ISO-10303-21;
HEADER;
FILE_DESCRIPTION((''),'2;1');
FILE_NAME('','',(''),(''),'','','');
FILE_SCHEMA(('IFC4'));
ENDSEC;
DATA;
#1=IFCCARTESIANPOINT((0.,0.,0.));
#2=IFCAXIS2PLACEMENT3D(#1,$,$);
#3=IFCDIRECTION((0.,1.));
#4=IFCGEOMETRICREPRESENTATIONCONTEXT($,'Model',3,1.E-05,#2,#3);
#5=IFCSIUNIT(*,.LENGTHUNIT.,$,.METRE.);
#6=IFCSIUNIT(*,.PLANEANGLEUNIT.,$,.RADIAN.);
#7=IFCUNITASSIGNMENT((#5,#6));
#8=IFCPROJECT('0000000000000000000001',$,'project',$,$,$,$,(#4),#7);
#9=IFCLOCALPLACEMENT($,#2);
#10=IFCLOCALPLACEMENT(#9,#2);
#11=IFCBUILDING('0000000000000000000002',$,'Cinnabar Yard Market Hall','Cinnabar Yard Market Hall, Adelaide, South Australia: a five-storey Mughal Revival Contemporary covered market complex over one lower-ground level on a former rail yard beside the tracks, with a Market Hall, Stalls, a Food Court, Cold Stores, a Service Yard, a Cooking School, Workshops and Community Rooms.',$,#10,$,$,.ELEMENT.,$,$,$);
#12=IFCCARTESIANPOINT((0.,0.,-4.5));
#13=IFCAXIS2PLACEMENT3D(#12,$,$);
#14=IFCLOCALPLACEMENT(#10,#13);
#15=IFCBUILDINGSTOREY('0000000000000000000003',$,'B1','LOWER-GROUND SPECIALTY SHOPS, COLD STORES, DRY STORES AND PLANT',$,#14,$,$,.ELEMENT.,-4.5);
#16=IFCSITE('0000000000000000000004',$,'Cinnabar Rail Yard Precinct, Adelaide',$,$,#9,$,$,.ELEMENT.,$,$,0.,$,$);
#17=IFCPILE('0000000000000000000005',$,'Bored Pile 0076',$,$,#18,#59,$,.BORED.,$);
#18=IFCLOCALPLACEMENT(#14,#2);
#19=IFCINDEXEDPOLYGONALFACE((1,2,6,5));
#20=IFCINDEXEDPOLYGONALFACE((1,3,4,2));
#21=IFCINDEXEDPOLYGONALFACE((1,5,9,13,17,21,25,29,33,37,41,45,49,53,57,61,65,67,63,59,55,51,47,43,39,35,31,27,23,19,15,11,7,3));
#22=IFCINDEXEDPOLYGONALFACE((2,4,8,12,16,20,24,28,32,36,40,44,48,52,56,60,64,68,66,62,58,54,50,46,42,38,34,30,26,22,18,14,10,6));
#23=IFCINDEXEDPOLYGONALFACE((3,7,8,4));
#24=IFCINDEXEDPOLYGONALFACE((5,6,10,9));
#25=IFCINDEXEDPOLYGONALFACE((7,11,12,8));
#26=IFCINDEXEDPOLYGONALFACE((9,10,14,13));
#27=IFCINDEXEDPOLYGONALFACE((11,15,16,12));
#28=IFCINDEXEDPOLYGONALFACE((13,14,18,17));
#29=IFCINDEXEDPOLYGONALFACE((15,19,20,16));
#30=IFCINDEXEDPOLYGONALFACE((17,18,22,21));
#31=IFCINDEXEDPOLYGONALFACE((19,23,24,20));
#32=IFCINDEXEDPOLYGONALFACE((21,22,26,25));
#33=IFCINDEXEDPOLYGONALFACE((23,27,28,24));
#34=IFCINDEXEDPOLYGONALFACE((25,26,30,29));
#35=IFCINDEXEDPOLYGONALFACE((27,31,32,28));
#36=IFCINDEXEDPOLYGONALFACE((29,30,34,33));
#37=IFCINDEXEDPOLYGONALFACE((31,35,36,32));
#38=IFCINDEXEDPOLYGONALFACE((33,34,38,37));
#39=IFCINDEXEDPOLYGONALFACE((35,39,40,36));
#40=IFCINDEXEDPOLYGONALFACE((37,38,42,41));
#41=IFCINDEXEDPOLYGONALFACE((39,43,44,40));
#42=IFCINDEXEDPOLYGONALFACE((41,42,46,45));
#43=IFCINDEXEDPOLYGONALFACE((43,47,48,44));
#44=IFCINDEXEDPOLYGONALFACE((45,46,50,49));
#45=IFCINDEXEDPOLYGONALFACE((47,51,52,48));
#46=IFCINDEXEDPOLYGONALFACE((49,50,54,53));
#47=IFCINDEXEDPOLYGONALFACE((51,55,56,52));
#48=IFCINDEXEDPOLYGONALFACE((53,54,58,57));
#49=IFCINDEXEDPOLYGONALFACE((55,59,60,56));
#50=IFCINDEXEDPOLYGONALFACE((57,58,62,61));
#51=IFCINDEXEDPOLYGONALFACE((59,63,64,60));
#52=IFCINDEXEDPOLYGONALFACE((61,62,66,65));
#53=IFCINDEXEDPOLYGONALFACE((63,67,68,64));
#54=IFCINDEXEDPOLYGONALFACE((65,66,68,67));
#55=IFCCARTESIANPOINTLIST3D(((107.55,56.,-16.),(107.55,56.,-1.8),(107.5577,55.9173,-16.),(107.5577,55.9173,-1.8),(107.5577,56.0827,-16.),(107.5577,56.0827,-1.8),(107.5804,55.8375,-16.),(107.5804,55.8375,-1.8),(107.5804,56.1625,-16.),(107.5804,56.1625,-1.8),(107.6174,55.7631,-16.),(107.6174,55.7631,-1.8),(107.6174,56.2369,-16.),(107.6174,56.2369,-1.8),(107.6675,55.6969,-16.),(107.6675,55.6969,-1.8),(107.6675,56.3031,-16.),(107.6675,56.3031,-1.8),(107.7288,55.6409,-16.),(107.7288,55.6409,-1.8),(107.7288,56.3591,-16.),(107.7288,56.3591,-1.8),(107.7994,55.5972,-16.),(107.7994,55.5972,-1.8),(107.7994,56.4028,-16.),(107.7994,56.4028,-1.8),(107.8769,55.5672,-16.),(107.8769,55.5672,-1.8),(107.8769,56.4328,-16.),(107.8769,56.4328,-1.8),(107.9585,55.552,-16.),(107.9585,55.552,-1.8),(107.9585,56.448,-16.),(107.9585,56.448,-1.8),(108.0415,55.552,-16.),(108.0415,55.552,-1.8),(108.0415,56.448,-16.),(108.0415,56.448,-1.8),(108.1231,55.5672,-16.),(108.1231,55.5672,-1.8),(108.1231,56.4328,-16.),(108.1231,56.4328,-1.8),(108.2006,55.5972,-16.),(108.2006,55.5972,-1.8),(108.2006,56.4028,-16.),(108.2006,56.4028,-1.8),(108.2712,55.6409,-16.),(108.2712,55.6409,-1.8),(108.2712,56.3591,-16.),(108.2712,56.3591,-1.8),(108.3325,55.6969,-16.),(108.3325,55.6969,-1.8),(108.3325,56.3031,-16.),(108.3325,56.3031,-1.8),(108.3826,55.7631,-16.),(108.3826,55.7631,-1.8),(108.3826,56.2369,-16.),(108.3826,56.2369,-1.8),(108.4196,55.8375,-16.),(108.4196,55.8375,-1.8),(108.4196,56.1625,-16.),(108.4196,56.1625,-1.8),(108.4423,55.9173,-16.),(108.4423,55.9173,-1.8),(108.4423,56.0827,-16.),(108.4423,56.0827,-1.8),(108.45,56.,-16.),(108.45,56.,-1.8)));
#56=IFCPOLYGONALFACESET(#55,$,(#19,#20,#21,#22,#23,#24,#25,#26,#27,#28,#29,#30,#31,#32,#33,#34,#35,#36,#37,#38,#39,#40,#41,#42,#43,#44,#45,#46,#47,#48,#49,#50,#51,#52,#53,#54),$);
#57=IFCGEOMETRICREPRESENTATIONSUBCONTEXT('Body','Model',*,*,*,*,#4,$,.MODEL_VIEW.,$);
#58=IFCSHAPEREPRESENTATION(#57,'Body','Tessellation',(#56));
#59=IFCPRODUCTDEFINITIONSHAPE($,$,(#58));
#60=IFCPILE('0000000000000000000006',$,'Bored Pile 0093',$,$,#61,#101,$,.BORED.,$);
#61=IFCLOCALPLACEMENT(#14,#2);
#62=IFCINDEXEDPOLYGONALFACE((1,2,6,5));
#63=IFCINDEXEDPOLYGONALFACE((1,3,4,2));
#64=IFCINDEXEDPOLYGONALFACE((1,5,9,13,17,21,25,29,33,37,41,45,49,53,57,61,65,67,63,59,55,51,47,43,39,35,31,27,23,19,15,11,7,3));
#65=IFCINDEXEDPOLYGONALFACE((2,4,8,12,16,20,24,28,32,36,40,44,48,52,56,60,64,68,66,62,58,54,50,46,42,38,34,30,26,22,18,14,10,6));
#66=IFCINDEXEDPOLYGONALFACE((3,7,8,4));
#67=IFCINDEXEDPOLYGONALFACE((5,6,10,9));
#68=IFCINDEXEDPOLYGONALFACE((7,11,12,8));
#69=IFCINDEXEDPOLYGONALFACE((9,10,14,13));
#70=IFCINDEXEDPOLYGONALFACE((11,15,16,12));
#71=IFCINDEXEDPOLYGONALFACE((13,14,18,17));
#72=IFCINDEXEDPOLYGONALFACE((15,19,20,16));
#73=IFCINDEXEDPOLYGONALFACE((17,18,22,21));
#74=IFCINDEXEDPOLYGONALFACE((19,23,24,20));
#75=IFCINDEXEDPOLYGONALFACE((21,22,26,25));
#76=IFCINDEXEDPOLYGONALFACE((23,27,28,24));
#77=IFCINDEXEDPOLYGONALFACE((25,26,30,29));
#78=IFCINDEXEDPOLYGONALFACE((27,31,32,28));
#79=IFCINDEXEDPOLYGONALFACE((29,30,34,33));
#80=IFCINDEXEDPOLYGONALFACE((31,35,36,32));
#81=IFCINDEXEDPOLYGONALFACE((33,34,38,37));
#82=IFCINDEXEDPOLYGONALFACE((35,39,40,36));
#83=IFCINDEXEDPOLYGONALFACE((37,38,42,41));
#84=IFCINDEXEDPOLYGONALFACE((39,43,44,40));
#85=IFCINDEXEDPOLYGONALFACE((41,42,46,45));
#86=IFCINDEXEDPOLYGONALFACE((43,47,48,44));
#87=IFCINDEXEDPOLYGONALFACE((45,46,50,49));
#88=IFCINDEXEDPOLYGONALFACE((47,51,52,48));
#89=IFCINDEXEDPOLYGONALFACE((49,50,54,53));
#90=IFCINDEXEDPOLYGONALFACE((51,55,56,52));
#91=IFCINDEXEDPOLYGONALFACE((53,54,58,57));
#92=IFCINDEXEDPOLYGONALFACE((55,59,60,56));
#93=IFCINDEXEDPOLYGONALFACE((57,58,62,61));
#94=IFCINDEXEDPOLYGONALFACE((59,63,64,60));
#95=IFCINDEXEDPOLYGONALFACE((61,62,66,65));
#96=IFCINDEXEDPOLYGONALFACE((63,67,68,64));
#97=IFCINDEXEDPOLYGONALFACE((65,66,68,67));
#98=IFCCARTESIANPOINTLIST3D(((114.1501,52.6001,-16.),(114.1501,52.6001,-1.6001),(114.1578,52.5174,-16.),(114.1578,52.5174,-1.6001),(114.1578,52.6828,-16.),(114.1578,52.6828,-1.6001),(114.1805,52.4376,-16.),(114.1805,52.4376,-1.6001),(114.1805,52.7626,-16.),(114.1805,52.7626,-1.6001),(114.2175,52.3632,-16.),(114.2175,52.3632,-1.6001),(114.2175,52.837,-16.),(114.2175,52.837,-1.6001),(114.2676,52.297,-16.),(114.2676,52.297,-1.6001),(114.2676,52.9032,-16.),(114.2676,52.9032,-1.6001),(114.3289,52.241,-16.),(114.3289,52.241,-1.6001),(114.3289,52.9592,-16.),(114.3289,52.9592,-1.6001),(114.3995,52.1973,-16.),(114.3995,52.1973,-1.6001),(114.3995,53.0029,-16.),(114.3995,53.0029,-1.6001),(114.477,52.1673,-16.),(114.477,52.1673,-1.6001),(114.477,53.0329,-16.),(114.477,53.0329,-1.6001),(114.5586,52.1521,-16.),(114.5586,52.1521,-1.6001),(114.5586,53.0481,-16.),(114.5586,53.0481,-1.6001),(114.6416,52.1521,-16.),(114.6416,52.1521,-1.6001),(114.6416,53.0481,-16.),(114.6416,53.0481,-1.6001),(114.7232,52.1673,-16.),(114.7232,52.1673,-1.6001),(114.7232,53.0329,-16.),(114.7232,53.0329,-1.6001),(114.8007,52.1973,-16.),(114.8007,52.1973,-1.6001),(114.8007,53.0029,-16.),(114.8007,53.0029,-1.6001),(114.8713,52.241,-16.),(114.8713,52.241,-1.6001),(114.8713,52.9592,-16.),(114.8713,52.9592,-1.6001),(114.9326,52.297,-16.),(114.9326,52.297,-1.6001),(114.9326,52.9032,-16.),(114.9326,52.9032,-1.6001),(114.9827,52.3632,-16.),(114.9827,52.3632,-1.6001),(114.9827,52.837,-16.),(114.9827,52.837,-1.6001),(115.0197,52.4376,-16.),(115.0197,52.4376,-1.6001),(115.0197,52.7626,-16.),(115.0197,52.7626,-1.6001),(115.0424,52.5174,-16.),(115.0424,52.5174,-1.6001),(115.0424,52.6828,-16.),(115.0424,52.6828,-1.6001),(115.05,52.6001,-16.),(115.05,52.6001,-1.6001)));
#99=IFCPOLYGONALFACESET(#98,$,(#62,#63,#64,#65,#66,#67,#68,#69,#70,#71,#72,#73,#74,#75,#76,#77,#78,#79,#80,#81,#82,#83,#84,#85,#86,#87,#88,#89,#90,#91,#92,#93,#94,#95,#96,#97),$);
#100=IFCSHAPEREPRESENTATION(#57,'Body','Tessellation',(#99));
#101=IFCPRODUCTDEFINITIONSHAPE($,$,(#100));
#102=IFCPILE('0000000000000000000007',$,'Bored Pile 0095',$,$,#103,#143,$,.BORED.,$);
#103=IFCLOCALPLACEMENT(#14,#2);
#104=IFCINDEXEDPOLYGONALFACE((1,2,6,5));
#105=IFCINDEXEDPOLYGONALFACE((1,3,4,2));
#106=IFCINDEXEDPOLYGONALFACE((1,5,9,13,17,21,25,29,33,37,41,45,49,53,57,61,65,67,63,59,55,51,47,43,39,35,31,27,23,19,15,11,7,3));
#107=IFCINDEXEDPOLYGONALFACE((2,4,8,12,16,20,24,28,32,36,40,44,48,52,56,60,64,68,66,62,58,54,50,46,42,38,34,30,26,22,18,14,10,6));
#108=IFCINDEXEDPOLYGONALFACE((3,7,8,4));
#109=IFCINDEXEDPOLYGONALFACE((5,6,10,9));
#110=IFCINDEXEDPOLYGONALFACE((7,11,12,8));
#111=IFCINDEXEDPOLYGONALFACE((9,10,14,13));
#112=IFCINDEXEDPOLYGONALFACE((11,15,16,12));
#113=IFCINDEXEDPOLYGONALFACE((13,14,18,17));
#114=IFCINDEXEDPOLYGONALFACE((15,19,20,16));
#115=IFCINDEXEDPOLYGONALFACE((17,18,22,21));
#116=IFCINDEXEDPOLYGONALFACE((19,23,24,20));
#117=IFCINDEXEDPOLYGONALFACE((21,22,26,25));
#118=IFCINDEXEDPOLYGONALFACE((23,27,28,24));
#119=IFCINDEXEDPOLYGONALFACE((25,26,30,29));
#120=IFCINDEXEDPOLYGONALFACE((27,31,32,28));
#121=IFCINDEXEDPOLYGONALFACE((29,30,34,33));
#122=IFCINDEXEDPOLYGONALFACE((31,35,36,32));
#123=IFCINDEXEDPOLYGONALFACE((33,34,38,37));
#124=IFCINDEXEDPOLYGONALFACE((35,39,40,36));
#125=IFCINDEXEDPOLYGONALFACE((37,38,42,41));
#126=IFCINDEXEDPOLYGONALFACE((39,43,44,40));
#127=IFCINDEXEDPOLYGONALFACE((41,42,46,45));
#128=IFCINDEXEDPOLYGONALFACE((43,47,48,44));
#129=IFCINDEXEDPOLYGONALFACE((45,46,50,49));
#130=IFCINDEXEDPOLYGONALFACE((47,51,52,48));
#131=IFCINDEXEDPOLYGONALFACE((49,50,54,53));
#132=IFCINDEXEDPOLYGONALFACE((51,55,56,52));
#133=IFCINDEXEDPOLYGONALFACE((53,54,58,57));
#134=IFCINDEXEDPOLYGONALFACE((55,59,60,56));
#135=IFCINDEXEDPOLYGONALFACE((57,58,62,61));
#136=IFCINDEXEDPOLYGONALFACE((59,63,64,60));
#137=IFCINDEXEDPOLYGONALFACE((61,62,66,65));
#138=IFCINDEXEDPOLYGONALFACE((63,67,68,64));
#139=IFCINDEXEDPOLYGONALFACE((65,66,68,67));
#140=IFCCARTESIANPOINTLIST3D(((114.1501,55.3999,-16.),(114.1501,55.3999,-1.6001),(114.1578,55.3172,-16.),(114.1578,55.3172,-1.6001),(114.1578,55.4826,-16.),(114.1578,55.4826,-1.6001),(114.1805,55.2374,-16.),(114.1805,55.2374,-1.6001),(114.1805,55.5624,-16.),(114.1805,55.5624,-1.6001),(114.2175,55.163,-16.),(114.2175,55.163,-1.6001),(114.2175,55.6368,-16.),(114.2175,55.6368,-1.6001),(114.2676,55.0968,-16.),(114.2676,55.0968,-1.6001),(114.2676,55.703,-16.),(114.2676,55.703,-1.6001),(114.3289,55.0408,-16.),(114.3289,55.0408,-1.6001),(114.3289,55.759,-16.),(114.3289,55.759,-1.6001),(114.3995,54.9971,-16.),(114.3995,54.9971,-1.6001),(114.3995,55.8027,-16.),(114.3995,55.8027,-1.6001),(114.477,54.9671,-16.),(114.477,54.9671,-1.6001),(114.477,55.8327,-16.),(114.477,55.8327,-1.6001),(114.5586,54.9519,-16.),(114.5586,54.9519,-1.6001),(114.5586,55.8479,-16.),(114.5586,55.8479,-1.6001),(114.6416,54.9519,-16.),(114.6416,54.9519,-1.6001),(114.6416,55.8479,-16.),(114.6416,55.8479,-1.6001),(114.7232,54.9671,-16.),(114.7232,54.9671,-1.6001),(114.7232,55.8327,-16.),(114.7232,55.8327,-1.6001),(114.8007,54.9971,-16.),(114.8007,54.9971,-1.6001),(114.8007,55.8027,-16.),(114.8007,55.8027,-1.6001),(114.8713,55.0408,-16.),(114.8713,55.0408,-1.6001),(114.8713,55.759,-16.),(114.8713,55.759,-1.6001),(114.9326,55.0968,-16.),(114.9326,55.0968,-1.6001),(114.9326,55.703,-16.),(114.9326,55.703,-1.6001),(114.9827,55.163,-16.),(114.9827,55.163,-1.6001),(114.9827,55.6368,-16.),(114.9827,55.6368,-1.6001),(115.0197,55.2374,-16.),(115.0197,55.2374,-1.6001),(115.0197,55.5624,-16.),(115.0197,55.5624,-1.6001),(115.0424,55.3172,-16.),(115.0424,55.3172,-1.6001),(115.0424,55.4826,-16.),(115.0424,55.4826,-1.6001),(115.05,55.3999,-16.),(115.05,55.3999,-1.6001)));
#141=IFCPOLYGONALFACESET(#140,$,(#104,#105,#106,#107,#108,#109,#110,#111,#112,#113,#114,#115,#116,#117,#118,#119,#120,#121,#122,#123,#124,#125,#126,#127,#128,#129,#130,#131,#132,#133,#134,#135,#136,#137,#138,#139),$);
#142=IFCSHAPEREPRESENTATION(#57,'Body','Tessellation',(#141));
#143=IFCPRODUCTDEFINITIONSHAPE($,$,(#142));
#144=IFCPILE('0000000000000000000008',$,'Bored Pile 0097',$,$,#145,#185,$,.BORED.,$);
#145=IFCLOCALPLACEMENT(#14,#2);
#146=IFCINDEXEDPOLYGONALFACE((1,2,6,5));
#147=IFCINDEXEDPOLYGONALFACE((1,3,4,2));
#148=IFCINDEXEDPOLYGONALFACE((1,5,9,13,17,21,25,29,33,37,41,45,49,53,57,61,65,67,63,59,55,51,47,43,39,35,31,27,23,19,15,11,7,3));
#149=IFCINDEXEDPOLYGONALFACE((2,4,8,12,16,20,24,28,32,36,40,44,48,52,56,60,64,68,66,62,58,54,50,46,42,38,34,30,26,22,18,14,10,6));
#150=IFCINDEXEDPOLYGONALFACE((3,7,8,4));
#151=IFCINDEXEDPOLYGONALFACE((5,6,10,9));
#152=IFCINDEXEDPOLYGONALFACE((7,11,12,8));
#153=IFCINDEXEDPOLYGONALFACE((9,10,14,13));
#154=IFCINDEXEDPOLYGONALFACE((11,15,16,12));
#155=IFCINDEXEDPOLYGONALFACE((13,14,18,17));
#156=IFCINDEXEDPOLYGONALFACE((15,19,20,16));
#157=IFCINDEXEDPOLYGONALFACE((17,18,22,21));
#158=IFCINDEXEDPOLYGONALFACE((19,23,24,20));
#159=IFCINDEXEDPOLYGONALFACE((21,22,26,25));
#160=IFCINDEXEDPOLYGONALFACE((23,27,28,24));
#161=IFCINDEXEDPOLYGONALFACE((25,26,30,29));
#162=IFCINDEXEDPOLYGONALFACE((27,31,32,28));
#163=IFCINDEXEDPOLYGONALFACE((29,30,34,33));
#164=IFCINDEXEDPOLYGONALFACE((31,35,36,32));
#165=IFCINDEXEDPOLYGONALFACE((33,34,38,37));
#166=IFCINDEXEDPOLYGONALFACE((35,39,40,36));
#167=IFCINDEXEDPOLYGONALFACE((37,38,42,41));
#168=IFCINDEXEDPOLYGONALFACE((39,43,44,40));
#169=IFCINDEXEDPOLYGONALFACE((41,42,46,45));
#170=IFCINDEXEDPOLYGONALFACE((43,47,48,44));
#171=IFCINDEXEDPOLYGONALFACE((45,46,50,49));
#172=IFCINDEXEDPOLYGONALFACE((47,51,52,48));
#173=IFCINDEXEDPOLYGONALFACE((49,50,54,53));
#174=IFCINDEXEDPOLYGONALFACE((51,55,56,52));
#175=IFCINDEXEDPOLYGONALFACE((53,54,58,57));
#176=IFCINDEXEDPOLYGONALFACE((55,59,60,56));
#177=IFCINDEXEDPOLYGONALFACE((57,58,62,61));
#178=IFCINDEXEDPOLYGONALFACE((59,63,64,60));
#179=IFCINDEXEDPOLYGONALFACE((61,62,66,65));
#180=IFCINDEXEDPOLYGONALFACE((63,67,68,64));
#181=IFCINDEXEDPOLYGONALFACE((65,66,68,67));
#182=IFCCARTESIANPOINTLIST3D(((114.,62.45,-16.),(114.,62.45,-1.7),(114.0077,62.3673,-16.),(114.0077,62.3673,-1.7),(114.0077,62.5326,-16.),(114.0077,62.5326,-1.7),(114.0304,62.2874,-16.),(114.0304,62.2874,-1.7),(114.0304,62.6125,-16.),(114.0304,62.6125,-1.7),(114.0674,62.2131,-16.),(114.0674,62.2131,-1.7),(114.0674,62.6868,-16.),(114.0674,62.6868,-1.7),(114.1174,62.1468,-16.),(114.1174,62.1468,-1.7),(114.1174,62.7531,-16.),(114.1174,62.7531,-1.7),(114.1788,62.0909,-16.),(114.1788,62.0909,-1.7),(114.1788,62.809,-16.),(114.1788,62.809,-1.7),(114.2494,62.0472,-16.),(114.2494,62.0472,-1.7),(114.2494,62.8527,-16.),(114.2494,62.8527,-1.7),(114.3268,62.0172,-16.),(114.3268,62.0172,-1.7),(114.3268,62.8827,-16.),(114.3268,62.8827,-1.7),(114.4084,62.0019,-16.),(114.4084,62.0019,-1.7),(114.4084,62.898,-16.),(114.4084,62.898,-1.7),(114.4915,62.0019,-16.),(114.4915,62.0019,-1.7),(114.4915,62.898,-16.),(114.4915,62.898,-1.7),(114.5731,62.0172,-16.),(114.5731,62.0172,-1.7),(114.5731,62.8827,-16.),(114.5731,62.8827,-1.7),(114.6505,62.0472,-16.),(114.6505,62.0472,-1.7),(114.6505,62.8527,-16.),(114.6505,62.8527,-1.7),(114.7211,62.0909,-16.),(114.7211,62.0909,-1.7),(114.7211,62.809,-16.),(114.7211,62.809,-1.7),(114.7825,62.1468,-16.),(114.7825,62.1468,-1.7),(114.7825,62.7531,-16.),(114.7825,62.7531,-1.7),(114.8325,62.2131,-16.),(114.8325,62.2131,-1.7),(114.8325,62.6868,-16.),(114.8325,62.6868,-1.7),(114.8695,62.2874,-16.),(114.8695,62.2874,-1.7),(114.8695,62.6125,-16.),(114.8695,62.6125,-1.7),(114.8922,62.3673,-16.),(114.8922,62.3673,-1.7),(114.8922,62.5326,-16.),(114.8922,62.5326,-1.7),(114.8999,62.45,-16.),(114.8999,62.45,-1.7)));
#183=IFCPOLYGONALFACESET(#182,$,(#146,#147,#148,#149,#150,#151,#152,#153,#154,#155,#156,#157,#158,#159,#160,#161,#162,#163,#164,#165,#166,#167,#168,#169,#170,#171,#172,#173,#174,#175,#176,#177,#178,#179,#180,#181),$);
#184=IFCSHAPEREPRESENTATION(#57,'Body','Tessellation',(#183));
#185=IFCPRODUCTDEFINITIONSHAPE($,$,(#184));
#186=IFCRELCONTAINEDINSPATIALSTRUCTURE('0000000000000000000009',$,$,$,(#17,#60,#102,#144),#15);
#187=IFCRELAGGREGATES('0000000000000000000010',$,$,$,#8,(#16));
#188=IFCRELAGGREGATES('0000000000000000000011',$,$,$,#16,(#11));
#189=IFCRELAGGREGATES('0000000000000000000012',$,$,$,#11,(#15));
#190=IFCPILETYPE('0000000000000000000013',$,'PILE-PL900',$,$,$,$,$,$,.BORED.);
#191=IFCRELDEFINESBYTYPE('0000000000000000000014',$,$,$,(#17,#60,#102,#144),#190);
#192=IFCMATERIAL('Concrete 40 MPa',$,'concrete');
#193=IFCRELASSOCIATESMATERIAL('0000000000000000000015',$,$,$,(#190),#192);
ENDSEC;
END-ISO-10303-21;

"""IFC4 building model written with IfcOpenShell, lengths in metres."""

from ifc_helpers import new_model, si_unit, direction, frame, origin, origin_2d_with_axis, place, context, subcontext, project, spatial, circle, extrude, material, material_profile, profile_set, type_object, element, save


model = new_model("IFC4")

# Units and contexts
model_context = context("Model", 3, precision=1e-05, world=origin(), true_north=direction((0.0, 1.0)))
body_context = subcontext(model_context, "Body", "Model", "MODEL_VIEW")
ifc_project = project(units=[si_unit("LENGTHUNIT", "METRE"), si_unit("PLANEANGLEUNIT", "RADIAN")], contexts=[model_context])

# Site, building, storey
site_placement = place(None, origin())
site = spatial("IfcSite", under=ifc_project, at=site_placement, Name="Cinnabar Rail Yard Precinct, Adelaide", CompositionType="ELEMENT", RefElevation=0.0)
building_placement = place(site_placement, origin())
building = spatial("IfcBuilding", under=site, at=building_placement, Name="Cinnabar Yard Market Hall", Description="Cinnabar Yard Market Hall, Adelaide, South Australia: a five-storey Mughal Revival Contemporary covered market complex over one lower-ground level on a former rail yard beside the tracks, with a Market Hall, Stalls, a Food Court, Cold Stores, a Service Yard, a Cooking School, Workshops and Community Rooms.", CompositionType="ELEMENT")
storey_placement = place(building_placement, frame((0.0, 0.0, -4.5)))
storey = spatial("IfcBuildingStorey", under=building, at=storey_placement, Name="B1", Description="LOWER-GROUND SPECIALTY SHOPS, COLD STORES, DRY STORES AND PLANT", CompositionType="ELEMENT", Elevation=-4.5)

# Shared definitions
ifc_material_1 = material(Name="Concrete 40 MPa", Category="concrete")

# Piles
ifc_material_profile_1 = material_profile(ifc_material_1, circle(Radius=0.45, at=origin_2d_with_axis()), Name="PILE-D900")
ifc_profile_set_1 = profile_set([ifc_material_profile_1], Name="Concrete 40 MPa")
pile_type = type_object("IfcPileType", Name="PILE-PL900", PredefinedType="BORED", material=ifc_profile_set_1)
for number, where, z_axis, x_axis, name in (
    (1, (108.0, 56.0, -1.8), (0.0, 0.0, -1.0), (1.0, 0.0, 0.0), "Bored Pile 0076"),
):
    element("IfcPile", number, at=place(storey_placement, frame(where, z_axis=z_axis, x_axis=x_axis)), inside=storey, type_object=pile_type, Name=name, PredefinedType="BORED", context=body_context, shape_type="SweptSolid", body=[
        extrude(circle(Radius=0.45, at=origin_2d_with_axis()), origin(), (0.0, 0.0, 1.0), 14.2),
    ])
for number, where, z_axis, x_axis, name in (
    (2, (114.6001, 52.6001, -1.6001), (0.0, 0.0, -1.0), (1.0, 0.0, 0.0), "Bored Pile 0093"),
    (3, (114.6001, 55.3999, -1.6001), (0.0, 0.0, -1.0), (1.0, 0.0, 0.0), "Bored Pile 0095"),
):
    element("IfcPile", number, at=place(storey_placement, frame(where, z_axis=z_axis, x_axis=x_axis)), inside=storey, type_object=pile_type, Name=name, PredefinedType="BORED", context=body_context, shape_type="SweptSolid", body=[
        extrude(circle(Radius=0.45, at=origin_2d_with_axis()), origin(), (0.0, 0.0, 1.0), 14.3999),
    ])
pile_placement = place(storey_placement, frame((114.45, 62.45, -1.7), z_axis=(0.0, 0.0, -1.0), x_axis=(1.0, 0.0, 0.0)))
element("IfcPile", 4, at=pile_placement, inside=storey, type_object=pile_type, Name="Bored Pile 0097", PredefinedType="BORED", context=body_context, shape_type="SweptSolid", body=[
    extrude(circle(Radius=0.45, at=origin_2d_with_axis()), origin(), (0.0, 0.0, 1.0), 14.3),
])

save(model, "model.ifc")
